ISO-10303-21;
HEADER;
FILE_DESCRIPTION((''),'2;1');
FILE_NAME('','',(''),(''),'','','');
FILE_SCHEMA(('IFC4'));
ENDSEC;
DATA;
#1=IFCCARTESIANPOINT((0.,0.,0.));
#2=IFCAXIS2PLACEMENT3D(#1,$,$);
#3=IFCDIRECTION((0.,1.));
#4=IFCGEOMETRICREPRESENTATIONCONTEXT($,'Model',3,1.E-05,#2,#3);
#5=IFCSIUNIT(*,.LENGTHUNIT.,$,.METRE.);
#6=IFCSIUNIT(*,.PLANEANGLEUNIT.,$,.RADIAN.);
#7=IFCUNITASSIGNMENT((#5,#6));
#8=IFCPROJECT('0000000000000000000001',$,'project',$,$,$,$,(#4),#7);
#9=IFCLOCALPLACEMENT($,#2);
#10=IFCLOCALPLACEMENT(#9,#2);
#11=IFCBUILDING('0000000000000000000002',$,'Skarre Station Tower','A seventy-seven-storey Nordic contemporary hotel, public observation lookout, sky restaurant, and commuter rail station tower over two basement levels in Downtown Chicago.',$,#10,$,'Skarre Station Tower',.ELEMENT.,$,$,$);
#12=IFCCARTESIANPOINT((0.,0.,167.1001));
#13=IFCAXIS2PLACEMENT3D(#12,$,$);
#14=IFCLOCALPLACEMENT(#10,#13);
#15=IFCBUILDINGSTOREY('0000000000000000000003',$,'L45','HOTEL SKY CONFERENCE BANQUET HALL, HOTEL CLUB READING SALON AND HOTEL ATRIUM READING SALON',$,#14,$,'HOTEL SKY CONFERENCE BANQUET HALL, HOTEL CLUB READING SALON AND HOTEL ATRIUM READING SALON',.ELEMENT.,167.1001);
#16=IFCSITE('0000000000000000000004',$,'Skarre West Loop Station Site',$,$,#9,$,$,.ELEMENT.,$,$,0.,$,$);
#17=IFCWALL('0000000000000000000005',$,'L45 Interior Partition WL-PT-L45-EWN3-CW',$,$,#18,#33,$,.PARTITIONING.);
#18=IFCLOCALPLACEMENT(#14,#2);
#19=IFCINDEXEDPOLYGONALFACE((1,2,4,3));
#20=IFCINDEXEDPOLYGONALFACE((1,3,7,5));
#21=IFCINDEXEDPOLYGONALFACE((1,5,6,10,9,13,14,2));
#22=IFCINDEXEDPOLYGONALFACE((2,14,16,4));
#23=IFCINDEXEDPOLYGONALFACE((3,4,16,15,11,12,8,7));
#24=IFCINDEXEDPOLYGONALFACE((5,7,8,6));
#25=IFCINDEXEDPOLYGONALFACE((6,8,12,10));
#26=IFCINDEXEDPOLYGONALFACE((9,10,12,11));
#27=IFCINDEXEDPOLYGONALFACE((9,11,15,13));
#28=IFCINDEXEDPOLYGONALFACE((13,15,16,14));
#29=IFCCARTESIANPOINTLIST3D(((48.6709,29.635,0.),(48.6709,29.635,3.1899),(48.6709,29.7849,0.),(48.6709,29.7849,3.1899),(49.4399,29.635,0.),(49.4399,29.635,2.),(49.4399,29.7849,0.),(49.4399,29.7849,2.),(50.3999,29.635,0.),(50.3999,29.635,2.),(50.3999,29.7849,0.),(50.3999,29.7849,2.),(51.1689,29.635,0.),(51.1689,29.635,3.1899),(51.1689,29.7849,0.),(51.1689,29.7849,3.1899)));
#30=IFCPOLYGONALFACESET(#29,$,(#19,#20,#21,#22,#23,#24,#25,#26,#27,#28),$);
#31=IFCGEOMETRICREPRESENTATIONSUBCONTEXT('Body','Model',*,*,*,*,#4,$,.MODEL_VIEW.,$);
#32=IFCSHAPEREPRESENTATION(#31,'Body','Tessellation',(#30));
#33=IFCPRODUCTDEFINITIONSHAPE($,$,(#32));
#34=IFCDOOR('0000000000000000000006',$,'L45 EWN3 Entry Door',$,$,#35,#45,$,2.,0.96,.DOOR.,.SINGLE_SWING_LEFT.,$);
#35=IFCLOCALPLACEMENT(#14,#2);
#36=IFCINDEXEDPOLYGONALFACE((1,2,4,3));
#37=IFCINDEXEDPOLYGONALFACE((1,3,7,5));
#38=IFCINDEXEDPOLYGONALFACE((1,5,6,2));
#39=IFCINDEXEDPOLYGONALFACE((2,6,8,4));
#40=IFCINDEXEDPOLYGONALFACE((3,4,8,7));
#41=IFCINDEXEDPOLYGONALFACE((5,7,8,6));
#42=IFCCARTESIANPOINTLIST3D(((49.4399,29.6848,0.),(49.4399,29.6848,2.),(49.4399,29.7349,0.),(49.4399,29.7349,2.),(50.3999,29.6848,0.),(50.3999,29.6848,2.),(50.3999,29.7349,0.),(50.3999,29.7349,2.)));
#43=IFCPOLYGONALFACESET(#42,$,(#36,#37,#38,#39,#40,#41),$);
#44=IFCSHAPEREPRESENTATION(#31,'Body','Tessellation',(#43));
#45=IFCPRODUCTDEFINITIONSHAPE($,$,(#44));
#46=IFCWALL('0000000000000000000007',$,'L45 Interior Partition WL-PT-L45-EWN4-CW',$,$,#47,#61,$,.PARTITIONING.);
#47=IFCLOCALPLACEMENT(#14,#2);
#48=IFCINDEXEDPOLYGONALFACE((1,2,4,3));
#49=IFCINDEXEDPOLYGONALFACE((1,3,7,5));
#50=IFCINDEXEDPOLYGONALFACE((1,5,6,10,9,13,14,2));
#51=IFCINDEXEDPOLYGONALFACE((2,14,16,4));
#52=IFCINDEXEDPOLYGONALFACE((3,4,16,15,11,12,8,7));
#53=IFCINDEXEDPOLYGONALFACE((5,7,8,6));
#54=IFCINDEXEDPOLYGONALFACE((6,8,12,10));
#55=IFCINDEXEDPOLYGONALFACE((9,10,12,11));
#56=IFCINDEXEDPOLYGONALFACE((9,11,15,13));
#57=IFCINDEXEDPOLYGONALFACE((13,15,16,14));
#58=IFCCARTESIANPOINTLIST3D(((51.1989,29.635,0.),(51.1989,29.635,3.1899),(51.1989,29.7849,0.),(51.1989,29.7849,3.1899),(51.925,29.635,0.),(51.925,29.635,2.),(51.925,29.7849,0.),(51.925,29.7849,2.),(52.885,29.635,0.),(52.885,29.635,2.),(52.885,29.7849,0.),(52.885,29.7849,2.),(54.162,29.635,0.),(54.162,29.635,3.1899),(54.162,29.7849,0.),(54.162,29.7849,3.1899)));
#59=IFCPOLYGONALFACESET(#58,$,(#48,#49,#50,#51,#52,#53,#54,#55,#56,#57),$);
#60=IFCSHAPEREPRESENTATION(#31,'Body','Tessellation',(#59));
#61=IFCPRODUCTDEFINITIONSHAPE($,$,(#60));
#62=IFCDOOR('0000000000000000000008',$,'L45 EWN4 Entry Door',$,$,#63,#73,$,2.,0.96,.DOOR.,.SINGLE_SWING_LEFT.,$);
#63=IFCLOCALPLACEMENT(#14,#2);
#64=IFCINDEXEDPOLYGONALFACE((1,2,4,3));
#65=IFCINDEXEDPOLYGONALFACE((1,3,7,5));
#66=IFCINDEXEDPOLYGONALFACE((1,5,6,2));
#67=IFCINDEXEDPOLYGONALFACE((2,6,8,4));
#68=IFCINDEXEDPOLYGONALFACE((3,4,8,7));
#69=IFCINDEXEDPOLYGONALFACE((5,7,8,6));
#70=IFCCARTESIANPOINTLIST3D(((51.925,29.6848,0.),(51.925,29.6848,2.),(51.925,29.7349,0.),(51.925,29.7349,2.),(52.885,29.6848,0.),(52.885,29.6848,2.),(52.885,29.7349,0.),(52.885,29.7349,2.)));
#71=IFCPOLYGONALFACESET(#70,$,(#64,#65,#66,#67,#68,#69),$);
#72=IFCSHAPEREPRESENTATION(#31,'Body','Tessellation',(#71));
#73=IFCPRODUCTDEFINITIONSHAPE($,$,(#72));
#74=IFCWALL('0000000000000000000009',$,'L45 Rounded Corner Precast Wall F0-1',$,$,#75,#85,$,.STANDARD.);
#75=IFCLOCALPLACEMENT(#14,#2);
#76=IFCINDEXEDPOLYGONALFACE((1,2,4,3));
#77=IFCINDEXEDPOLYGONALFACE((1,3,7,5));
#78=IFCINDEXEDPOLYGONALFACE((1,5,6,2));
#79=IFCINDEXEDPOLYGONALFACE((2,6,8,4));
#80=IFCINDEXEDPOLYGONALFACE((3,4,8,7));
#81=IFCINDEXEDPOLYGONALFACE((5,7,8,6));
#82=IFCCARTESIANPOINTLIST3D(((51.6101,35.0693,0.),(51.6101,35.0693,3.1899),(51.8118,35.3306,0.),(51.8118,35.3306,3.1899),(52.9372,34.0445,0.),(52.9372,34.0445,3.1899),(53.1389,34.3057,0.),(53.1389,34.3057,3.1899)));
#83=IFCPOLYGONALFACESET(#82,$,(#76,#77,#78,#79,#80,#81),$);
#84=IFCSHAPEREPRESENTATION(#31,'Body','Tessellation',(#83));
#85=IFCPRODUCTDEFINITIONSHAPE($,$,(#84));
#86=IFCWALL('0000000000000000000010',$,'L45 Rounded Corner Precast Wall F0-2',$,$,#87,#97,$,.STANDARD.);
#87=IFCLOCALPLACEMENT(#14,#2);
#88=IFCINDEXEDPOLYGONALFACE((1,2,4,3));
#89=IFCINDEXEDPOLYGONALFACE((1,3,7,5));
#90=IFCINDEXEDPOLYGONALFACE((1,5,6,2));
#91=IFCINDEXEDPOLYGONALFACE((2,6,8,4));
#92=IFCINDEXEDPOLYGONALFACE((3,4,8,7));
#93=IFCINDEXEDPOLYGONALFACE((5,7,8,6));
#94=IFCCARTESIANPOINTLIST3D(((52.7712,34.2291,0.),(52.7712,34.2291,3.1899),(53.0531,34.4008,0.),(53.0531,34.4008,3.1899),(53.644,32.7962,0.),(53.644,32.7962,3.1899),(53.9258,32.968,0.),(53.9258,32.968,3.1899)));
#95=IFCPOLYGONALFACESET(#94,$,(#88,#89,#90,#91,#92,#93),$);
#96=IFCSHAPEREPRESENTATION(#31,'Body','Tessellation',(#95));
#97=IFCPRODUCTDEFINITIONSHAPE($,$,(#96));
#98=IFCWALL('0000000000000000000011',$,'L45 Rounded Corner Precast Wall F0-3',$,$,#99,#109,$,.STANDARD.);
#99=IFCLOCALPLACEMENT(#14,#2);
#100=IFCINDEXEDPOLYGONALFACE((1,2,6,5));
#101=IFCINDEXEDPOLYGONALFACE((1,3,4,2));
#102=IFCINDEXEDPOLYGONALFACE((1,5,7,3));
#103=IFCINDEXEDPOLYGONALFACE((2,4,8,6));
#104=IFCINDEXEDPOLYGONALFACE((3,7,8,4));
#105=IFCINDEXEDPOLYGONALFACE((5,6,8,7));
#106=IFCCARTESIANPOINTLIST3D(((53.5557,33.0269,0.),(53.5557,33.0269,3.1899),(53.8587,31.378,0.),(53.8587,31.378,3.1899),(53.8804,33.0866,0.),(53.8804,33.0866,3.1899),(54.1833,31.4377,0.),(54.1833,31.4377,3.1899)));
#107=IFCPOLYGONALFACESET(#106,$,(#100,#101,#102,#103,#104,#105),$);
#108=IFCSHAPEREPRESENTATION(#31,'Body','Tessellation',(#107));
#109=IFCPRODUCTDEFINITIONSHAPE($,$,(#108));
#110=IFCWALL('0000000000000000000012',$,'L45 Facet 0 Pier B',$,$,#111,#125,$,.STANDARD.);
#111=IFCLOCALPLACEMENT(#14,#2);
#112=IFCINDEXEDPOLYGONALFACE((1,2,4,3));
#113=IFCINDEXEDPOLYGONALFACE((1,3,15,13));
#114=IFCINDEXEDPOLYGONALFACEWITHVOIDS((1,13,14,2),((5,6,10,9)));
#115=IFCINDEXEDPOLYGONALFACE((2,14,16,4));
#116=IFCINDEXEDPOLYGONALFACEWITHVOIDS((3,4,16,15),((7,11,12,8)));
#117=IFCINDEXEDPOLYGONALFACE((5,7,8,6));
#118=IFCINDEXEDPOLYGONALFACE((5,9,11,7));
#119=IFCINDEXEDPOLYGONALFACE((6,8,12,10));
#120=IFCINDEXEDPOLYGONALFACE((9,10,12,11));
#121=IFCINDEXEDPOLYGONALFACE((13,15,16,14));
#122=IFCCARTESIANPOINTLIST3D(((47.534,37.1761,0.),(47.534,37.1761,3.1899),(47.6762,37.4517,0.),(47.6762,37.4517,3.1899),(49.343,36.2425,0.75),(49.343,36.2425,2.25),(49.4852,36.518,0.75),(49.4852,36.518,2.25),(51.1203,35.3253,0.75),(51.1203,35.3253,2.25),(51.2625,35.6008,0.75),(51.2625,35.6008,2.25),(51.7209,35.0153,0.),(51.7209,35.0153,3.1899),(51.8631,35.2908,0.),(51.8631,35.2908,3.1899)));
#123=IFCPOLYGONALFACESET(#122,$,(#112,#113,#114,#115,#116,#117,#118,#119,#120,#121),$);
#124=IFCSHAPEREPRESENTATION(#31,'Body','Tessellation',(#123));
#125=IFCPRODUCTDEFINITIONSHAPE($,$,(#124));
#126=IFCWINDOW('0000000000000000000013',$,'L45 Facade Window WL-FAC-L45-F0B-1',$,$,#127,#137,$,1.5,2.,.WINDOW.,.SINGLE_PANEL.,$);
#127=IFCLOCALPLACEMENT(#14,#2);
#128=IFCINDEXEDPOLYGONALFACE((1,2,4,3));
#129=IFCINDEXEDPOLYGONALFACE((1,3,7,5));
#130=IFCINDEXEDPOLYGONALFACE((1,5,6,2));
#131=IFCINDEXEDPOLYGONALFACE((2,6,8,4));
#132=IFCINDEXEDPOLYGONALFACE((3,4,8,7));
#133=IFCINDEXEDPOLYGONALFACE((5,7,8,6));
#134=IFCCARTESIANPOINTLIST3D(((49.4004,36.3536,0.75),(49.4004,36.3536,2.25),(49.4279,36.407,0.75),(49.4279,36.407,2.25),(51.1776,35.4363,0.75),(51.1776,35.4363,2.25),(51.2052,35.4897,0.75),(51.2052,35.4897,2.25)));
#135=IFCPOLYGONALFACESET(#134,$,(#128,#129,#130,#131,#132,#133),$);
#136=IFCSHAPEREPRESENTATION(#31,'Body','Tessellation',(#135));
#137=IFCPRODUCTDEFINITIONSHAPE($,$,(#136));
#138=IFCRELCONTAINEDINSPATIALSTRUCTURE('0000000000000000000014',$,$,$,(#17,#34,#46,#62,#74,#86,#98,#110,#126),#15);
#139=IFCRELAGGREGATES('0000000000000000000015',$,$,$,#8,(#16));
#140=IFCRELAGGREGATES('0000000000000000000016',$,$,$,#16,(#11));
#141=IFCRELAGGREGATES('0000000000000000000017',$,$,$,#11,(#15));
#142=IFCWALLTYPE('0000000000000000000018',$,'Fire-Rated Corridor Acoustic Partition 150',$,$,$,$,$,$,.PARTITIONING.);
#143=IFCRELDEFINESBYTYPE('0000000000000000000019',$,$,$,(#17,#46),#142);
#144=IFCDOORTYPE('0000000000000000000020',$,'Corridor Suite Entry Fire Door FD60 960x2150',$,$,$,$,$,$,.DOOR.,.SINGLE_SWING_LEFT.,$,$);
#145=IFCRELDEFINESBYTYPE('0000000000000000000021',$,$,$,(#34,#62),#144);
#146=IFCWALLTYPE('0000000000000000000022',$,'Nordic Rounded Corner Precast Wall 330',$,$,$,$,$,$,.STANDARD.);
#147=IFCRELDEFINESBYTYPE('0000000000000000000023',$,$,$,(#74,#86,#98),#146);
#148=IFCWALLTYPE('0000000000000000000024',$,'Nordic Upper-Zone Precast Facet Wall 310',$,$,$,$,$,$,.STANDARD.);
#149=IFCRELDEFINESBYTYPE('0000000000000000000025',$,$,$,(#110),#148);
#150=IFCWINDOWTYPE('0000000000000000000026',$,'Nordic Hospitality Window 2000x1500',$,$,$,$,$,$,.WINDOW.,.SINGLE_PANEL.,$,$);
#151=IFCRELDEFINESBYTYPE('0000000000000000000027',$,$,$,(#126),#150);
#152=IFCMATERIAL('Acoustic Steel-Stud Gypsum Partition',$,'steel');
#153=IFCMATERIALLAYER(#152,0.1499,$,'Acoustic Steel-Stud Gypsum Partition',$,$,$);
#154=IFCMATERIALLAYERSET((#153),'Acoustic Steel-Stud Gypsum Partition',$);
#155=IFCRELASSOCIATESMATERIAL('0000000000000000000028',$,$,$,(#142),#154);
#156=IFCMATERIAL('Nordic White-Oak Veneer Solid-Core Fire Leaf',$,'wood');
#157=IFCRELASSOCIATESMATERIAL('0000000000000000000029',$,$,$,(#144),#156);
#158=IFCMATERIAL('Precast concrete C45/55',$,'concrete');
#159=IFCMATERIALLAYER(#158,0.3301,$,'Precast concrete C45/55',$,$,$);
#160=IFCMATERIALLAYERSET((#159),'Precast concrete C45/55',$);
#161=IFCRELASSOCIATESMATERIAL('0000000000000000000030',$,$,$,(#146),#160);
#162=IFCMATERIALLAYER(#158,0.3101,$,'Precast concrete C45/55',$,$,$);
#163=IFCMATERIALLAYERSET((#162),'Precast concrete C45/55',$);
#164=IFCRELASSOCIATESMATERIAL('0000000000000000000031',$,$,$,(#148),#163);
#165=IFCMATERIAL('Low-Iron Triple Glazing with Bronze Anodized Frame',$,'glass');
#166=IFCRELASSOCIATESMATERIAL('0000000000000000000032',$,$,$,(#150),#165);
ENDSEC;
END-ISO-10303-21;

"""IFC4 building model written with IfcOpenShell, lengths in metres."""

from ifc_helpers import new_model, si_unit, direction, frame, frame_2d, origin, place, context, subcontext, project, spatial, rectangle, extrude, material, layer, layer_set, type_object, element, fill, save


model = new_model("IFC4")

# Units and contexts
model_context = context("Model", 3, precision=1e-05, world=origin(), true_north=direction((0.0, 1.0)))
body_context = subcontext(model_context, "Body", "Model", "MODEL_VIEW")
ifc_project = project(units=[si_unit("LENGTHUNIT", "METRE"), si_unit("PLANEANGLEUNIT", "RADIAN")], contexts=[model_context])

# Site, building, storey
site_placement = place(None, origin())
site = spatial("IfcSite", under=ifc_project, at=site_placement, Name="Skarre West Loop Station Site", CompositionType="ELEMENT", RefElevation=0.0)
building_placement = place(site_placement, origin())
building = spatial("IfcBuilding", under=site, at=building_placement, Name="Skarre Station Tower", Description="A seventy-seven-storey Nordic contemporary hotel, public observation lookout, sky restaurant, and commuter rail station tower over two basement levels in Downtown Chicago.", LongName="Skarre Station Tower", CompositionType="ELEMENT")
storey_placement = place(building_placement, frame((0.0, 0.0, 167.1001)))
storey = spatial("IfcBuildingStorey", under=building, at=storey_placement, Name="L45", Description="HOTEL SKY CONFERENCE BANQUET HALL, HOTEL CLUB READING SALON AND HOTEL ATRIUM READING SALON", LongName="HOTEL SKY CONFERENCE BANQUET HALL, HOTEL CLUB READING SALON AND HOTEL ATRIUM READING SALON", CompositionType="ELEMENT", Elevation=167.1001)

# Walls, openings, doors
ifc_material_1 = material(Name="Acoustic Steel-Stud Gypsum Partition", Category="steel")
ifc_layer_1 = layer(ifc_material_1, 0.1499, Name="Acoustic Steel-Stud Gypsum Partition")
ifc_layer_set_1 = layer_set([ifc_layer_1], Name="Acoustic Steel-Stud Gypsum Partition")
wall_type_1 = type_object("IfcWallType", Name="Fire-Rated Corridor Acoustic Partition 150", PredefinedType="PARTITIONING", material=ifc_layer_set_1)
ifc_material_2 = material(Name="Nordic White-Oak Veneer Solid-Core Fire Leaf", Category="wood")
door_type_1 = type_object("IfcDoorType", Name="Corridor Suite Entry Fire Door FD60 960x2150", OperationType="SINGLE_SWING_LEFT", PredefinedType="DOOR", material=ifc_material_2)
wall_1_placement = place(storey_placement, frame((48.6709, 29.71, 0.0), z_axis=(0.0, 0.0, 1.0), x_axis=(1.0, 0.0, 0.0)))
wall_1 = element("IfcWall", 1, at=wall_1_placement, inside=storey, type_object=wall_type_1, Name="L45 Interior Partition WL-PT-L45-EWN3-CW", PredefinedType="PARTITIONING", context=body_context, shape_type="SweptSolid", body=[
    extrude(rectangle(XDim=2.498, YDim=0.1499, at=frame_2d((1.249, 0.0))), origin(), (0.0, 0.0, 1.0), 3.1899),
])
opening_1_placement = place(wall_1_placement, frame((0.769, 0.0, 0.0)))
opening_1 = element("IfcOpeningElement", 2, at=opening_1_placement, cuts=wall_1, PredefinedType="OPENING", context=body_context, shape_type="SweptSolid", body=[
    extrude(rectangle(XDim=0.96, YDim=2.0, at=frame_2d((0.48, 1.0))), frame((0.0, 0.085, 0.0), z_axis=(0.0, -1.0, 0.0), x_axis=(1.0, 0.0, 0.0)), (0.0, 0.0, 1.0), 0.1699),
])
door_1_placement = place(opening_1_placement, origin())
door_1 = element("IfcDoor", 3, at=door_1_placement, inside=storey, type_object=door_type_1, Name="L45 EWN3 Entry Door", OperationType="SINGLE_SWING_LEFT", OverallHeight=2.0, OverallWidth=0.96, PredefinedType="DOOR", context=body_context, shape_type="SweptSolid", body=[
    extrude(rectangle(XDim=0.96, YDim=2.0, at=frame_2d((0.48, 1.0))), frame((0.0, 0.0249, 0.0), z_axis=(0.0, -1.0, 0.0), x_axis=(1.0, 0.0, 0.0)), (0.0, 0.0, 1.0), 0.05),
])
fill(opening_1, door_1)
wall_2_placement = place(storey_placement, frame((51.199, 29.71, 0.0), z_axis=(0.0, 0.0, 1.0), x_axis=(1.0, 0.0, 0.0)))
wall_2 = element("IfcWall", 4, at=wall_2_placement, inside=storey, type_object=wall_type_1, Name="L45 Interior Partition WL-PT-L45-EWN4-CW", PredefinedType="PARTITIONING", context=body_context, shape_type="SweptSolid", body=[
    extrude(rectangle(XDim=2.9631, YDim=0.1499, at=frame_2d((1.4814, 0.0))), origin(), (0.0, 0.0, 1.0), 3.1899),
])
opening_2_placement = place(wall_2_placement, frame((0.7261, 0.0, 0.0)))
opening_2 = element("IfcOpeningElement", 5, at=opening_2_placement, cuts=wall_2, PredefinedType="OPENING", context=body_context, shape_type="SweptSolid", body=[
    extrude(rectangle(XDim=0.96, YDim=2.0, at=frame_2d((0.48, 1.0))), frame((0.0, 0.085, 0.0), z_axis=(0.0, -1.0, 0.0), x_axis=(1.0, 0.0, 0.0)), (0.0, 0.0, 1.0), 0.1699),
])
door_2_placement = place(opening_2_placement, origin())
door_2 = element("IfcDoor", 6, at=door_2_placement, inside=storey, type_object=door_type_1, Name="L45 EWN4 Entry Door", OperationType="SINGLE_SWING_LEFT", OverallHeight=2.0, OverallWidth=0.96, PredefinedType="DOOR", context=body_context, shape_type="SweptSolid", body=[
    extrude(rectangle(XDim=0.96, YDim=2.0, at=frame_2d((0.48, 1.0))), frame((0.0, 0.0249, 0.0), z_axis=(0.0, -1.0, 0.0), x_axis=(1.0, 0.0, 0.0)), (0.0, 0.0, 1.0), 0.05),
])
fill(opening_2, door_2)

# Walls
ifc_material_3 = material(Name="Precast concrete C45/55", Category="concrete")
ifc_layer_2 = layer(ifc_material_3, 0.3301, Name="Precast concrete C45/55")
ifc_layer_set_2 = layer_set([ifc_layer_2], Name="Precast concrete C45/55")
wall_type_2 = type_object("IfcWallType", Name="Nordic Rounded Corner Precast Wall 330", PredefinedType="STANDARD", material=ifc_layer_set_2)
wall_3_placement = place(storey_placement, frame((51.7109, 35.2, 0.0), z_axis=(0.0, 0.0, 1.0), x_axis=(0.791464, -0.611215, 0.0)))
element("IfcWall", 7, at=wall_3_placement, inside=storey, type_object=wall_type_2, Name="L45 Rounded Corner Precast Wall F0-1", PredefinedType="STANDARD", context=body_context, shape_type="SweptSolid", body=[
    extrude(rectangle(XDim=1.6768, YDim=0.3301, at=frame_2d((0.8384, 0.0))), origin(), (0.0, 0.0, 1.0), 3.1899),
])
wall_4_placement = place(storey_placement, frame((52.9121, 34.3149, 0.0), z_axis=(0.0, 0.0, 1.0), x_axis=(0.520219, -0.854033, 0.0)))
element("IfcWall", 8, at=wall_4_placement, inside=storey, type_object=wall_type_2, Name="L45 Rounded Corner Precast Wall F0-2", PredefinedType="STANDARD", context=body_context, shape_type="SweptSolid", body=[
    extrude(rectangle(XDim=1.6777, YDim=0.3301, at=frame_2d((0.8389, 0.0))), origin(), (0.0, 0.0, 1.0), 3.1899),
])
wall_5_placement = place(storey_placement, frame((53.718, 33.0569, 0.0), z_axis=(0.0, 0.0, 1.0), x_axis=(0.180718, -0.983535, 0.0)))
element("IfcWall", 9, at=wall_5_placement, inside=storey, type_object=wall_type_2, Name="L45 Rounded Corner Precast Wall F0-3", PredefinedType="STANDARD", context=body_context, shape_type="SweptSolid", body=[
    extrude(rectangle(XDim=1.6765, YDim=0.3301, at=frame_2d((0.8384, 0.0))), origin(), (0.0, 0.0, 1.0), 3.1899),
])

# Wall, opening, window
ifc_layer_3 = layer(ifc_material_3, 0.3101, Name="Precast concrete C45/55")
ifc_layer_set_3 = layer_set([ifc_layer_3], Name="Precast concrete C45/55")
wall_type_3 = type_object("IfcWallType", Name="Nordic Upper-Zone Precast Facet Wall 310", PredefinedType="STANDARD", material=ifc_layer_set_3)
wall_6_placement = place(storey_placement, frame((47.605, 37.314, 0.0), z_axis=(0.0, 0.0, 1.0), x_axis=(0.888634, -0.458618, 0.0)))
wall_6 = element("IfcWall", 10, at=wall_6_placement, inside=storey, type_object=wall_type_3, Name="L45 Facet 0 Pier B", PredefinedType="STANDARD", context=body_context, shape_type="SweptSolid", body=[
    extrude(rectangle(XDim=4.7117, YDim=0.3101, at=frame_2d((2.356, 0.0))), origin(), (0.0, 0.0, 1.0), 3.1899),
])
opening_3_placement = place(wall_6_placement, frame((2.0359, 0.0, 0.75)))
opening_3 = element("IfcOpeningElement", 11, at=opening_3_placement, cuts=wall_6, PredefinedType="OPENING", context=body_context, shape_type="SweptSolid", body=[
    extrude(rectangle(XDim=2.0, YDim=1.5, at=frame_2d((1.0, 0.75))), frame((0.0, 0.165, 0.0), z_axis=(0.0, -1.0, 0.0), x_axis=(1.0, 0.0, 0.0)), (0.0, 0.0, 1.0), 0.3301),
])
ifc_material_4 = material(Name="Low-Iron Triple Glazing with Bronze Anodized Frame", Category="glass")
window_type_1 = type_object("IfcWindowType", Name="Nordic Hospitality Window 2000x1500", PartitioningType="SINGLE_PANEL", PredefinedType="WINDOW", material=ifc_material_4)
window_1_placement = place(opening_3_placement, origin())
window_1 = element("IfcWindow", 12, at=window_1_placement, inside=storey, type_object=window_type_1, Name="L45 Facade Window WL-FAC-L45-F0B-1", OverallHeight=1.5, OverallWidth=2.0, PartitioningType="SINGLE_PANEL", PredefinedType="WINDOW", context=body_context, shape_type="SweptSolid", body=[
    extrude(rectangle(XDim=2.0, YDim=1.5, at=frame_2d((1.0, 0.75))), frame((0.0, 0.03, 0.0), z_axis=(0.0, -1.0, 0.0), x_axis=(1.0, 0.0, 0.0)), (0.0, 0.0, 1.0), 0.0601),
])
fill(opening_3, window_1)

save(model, "model.ifc")
